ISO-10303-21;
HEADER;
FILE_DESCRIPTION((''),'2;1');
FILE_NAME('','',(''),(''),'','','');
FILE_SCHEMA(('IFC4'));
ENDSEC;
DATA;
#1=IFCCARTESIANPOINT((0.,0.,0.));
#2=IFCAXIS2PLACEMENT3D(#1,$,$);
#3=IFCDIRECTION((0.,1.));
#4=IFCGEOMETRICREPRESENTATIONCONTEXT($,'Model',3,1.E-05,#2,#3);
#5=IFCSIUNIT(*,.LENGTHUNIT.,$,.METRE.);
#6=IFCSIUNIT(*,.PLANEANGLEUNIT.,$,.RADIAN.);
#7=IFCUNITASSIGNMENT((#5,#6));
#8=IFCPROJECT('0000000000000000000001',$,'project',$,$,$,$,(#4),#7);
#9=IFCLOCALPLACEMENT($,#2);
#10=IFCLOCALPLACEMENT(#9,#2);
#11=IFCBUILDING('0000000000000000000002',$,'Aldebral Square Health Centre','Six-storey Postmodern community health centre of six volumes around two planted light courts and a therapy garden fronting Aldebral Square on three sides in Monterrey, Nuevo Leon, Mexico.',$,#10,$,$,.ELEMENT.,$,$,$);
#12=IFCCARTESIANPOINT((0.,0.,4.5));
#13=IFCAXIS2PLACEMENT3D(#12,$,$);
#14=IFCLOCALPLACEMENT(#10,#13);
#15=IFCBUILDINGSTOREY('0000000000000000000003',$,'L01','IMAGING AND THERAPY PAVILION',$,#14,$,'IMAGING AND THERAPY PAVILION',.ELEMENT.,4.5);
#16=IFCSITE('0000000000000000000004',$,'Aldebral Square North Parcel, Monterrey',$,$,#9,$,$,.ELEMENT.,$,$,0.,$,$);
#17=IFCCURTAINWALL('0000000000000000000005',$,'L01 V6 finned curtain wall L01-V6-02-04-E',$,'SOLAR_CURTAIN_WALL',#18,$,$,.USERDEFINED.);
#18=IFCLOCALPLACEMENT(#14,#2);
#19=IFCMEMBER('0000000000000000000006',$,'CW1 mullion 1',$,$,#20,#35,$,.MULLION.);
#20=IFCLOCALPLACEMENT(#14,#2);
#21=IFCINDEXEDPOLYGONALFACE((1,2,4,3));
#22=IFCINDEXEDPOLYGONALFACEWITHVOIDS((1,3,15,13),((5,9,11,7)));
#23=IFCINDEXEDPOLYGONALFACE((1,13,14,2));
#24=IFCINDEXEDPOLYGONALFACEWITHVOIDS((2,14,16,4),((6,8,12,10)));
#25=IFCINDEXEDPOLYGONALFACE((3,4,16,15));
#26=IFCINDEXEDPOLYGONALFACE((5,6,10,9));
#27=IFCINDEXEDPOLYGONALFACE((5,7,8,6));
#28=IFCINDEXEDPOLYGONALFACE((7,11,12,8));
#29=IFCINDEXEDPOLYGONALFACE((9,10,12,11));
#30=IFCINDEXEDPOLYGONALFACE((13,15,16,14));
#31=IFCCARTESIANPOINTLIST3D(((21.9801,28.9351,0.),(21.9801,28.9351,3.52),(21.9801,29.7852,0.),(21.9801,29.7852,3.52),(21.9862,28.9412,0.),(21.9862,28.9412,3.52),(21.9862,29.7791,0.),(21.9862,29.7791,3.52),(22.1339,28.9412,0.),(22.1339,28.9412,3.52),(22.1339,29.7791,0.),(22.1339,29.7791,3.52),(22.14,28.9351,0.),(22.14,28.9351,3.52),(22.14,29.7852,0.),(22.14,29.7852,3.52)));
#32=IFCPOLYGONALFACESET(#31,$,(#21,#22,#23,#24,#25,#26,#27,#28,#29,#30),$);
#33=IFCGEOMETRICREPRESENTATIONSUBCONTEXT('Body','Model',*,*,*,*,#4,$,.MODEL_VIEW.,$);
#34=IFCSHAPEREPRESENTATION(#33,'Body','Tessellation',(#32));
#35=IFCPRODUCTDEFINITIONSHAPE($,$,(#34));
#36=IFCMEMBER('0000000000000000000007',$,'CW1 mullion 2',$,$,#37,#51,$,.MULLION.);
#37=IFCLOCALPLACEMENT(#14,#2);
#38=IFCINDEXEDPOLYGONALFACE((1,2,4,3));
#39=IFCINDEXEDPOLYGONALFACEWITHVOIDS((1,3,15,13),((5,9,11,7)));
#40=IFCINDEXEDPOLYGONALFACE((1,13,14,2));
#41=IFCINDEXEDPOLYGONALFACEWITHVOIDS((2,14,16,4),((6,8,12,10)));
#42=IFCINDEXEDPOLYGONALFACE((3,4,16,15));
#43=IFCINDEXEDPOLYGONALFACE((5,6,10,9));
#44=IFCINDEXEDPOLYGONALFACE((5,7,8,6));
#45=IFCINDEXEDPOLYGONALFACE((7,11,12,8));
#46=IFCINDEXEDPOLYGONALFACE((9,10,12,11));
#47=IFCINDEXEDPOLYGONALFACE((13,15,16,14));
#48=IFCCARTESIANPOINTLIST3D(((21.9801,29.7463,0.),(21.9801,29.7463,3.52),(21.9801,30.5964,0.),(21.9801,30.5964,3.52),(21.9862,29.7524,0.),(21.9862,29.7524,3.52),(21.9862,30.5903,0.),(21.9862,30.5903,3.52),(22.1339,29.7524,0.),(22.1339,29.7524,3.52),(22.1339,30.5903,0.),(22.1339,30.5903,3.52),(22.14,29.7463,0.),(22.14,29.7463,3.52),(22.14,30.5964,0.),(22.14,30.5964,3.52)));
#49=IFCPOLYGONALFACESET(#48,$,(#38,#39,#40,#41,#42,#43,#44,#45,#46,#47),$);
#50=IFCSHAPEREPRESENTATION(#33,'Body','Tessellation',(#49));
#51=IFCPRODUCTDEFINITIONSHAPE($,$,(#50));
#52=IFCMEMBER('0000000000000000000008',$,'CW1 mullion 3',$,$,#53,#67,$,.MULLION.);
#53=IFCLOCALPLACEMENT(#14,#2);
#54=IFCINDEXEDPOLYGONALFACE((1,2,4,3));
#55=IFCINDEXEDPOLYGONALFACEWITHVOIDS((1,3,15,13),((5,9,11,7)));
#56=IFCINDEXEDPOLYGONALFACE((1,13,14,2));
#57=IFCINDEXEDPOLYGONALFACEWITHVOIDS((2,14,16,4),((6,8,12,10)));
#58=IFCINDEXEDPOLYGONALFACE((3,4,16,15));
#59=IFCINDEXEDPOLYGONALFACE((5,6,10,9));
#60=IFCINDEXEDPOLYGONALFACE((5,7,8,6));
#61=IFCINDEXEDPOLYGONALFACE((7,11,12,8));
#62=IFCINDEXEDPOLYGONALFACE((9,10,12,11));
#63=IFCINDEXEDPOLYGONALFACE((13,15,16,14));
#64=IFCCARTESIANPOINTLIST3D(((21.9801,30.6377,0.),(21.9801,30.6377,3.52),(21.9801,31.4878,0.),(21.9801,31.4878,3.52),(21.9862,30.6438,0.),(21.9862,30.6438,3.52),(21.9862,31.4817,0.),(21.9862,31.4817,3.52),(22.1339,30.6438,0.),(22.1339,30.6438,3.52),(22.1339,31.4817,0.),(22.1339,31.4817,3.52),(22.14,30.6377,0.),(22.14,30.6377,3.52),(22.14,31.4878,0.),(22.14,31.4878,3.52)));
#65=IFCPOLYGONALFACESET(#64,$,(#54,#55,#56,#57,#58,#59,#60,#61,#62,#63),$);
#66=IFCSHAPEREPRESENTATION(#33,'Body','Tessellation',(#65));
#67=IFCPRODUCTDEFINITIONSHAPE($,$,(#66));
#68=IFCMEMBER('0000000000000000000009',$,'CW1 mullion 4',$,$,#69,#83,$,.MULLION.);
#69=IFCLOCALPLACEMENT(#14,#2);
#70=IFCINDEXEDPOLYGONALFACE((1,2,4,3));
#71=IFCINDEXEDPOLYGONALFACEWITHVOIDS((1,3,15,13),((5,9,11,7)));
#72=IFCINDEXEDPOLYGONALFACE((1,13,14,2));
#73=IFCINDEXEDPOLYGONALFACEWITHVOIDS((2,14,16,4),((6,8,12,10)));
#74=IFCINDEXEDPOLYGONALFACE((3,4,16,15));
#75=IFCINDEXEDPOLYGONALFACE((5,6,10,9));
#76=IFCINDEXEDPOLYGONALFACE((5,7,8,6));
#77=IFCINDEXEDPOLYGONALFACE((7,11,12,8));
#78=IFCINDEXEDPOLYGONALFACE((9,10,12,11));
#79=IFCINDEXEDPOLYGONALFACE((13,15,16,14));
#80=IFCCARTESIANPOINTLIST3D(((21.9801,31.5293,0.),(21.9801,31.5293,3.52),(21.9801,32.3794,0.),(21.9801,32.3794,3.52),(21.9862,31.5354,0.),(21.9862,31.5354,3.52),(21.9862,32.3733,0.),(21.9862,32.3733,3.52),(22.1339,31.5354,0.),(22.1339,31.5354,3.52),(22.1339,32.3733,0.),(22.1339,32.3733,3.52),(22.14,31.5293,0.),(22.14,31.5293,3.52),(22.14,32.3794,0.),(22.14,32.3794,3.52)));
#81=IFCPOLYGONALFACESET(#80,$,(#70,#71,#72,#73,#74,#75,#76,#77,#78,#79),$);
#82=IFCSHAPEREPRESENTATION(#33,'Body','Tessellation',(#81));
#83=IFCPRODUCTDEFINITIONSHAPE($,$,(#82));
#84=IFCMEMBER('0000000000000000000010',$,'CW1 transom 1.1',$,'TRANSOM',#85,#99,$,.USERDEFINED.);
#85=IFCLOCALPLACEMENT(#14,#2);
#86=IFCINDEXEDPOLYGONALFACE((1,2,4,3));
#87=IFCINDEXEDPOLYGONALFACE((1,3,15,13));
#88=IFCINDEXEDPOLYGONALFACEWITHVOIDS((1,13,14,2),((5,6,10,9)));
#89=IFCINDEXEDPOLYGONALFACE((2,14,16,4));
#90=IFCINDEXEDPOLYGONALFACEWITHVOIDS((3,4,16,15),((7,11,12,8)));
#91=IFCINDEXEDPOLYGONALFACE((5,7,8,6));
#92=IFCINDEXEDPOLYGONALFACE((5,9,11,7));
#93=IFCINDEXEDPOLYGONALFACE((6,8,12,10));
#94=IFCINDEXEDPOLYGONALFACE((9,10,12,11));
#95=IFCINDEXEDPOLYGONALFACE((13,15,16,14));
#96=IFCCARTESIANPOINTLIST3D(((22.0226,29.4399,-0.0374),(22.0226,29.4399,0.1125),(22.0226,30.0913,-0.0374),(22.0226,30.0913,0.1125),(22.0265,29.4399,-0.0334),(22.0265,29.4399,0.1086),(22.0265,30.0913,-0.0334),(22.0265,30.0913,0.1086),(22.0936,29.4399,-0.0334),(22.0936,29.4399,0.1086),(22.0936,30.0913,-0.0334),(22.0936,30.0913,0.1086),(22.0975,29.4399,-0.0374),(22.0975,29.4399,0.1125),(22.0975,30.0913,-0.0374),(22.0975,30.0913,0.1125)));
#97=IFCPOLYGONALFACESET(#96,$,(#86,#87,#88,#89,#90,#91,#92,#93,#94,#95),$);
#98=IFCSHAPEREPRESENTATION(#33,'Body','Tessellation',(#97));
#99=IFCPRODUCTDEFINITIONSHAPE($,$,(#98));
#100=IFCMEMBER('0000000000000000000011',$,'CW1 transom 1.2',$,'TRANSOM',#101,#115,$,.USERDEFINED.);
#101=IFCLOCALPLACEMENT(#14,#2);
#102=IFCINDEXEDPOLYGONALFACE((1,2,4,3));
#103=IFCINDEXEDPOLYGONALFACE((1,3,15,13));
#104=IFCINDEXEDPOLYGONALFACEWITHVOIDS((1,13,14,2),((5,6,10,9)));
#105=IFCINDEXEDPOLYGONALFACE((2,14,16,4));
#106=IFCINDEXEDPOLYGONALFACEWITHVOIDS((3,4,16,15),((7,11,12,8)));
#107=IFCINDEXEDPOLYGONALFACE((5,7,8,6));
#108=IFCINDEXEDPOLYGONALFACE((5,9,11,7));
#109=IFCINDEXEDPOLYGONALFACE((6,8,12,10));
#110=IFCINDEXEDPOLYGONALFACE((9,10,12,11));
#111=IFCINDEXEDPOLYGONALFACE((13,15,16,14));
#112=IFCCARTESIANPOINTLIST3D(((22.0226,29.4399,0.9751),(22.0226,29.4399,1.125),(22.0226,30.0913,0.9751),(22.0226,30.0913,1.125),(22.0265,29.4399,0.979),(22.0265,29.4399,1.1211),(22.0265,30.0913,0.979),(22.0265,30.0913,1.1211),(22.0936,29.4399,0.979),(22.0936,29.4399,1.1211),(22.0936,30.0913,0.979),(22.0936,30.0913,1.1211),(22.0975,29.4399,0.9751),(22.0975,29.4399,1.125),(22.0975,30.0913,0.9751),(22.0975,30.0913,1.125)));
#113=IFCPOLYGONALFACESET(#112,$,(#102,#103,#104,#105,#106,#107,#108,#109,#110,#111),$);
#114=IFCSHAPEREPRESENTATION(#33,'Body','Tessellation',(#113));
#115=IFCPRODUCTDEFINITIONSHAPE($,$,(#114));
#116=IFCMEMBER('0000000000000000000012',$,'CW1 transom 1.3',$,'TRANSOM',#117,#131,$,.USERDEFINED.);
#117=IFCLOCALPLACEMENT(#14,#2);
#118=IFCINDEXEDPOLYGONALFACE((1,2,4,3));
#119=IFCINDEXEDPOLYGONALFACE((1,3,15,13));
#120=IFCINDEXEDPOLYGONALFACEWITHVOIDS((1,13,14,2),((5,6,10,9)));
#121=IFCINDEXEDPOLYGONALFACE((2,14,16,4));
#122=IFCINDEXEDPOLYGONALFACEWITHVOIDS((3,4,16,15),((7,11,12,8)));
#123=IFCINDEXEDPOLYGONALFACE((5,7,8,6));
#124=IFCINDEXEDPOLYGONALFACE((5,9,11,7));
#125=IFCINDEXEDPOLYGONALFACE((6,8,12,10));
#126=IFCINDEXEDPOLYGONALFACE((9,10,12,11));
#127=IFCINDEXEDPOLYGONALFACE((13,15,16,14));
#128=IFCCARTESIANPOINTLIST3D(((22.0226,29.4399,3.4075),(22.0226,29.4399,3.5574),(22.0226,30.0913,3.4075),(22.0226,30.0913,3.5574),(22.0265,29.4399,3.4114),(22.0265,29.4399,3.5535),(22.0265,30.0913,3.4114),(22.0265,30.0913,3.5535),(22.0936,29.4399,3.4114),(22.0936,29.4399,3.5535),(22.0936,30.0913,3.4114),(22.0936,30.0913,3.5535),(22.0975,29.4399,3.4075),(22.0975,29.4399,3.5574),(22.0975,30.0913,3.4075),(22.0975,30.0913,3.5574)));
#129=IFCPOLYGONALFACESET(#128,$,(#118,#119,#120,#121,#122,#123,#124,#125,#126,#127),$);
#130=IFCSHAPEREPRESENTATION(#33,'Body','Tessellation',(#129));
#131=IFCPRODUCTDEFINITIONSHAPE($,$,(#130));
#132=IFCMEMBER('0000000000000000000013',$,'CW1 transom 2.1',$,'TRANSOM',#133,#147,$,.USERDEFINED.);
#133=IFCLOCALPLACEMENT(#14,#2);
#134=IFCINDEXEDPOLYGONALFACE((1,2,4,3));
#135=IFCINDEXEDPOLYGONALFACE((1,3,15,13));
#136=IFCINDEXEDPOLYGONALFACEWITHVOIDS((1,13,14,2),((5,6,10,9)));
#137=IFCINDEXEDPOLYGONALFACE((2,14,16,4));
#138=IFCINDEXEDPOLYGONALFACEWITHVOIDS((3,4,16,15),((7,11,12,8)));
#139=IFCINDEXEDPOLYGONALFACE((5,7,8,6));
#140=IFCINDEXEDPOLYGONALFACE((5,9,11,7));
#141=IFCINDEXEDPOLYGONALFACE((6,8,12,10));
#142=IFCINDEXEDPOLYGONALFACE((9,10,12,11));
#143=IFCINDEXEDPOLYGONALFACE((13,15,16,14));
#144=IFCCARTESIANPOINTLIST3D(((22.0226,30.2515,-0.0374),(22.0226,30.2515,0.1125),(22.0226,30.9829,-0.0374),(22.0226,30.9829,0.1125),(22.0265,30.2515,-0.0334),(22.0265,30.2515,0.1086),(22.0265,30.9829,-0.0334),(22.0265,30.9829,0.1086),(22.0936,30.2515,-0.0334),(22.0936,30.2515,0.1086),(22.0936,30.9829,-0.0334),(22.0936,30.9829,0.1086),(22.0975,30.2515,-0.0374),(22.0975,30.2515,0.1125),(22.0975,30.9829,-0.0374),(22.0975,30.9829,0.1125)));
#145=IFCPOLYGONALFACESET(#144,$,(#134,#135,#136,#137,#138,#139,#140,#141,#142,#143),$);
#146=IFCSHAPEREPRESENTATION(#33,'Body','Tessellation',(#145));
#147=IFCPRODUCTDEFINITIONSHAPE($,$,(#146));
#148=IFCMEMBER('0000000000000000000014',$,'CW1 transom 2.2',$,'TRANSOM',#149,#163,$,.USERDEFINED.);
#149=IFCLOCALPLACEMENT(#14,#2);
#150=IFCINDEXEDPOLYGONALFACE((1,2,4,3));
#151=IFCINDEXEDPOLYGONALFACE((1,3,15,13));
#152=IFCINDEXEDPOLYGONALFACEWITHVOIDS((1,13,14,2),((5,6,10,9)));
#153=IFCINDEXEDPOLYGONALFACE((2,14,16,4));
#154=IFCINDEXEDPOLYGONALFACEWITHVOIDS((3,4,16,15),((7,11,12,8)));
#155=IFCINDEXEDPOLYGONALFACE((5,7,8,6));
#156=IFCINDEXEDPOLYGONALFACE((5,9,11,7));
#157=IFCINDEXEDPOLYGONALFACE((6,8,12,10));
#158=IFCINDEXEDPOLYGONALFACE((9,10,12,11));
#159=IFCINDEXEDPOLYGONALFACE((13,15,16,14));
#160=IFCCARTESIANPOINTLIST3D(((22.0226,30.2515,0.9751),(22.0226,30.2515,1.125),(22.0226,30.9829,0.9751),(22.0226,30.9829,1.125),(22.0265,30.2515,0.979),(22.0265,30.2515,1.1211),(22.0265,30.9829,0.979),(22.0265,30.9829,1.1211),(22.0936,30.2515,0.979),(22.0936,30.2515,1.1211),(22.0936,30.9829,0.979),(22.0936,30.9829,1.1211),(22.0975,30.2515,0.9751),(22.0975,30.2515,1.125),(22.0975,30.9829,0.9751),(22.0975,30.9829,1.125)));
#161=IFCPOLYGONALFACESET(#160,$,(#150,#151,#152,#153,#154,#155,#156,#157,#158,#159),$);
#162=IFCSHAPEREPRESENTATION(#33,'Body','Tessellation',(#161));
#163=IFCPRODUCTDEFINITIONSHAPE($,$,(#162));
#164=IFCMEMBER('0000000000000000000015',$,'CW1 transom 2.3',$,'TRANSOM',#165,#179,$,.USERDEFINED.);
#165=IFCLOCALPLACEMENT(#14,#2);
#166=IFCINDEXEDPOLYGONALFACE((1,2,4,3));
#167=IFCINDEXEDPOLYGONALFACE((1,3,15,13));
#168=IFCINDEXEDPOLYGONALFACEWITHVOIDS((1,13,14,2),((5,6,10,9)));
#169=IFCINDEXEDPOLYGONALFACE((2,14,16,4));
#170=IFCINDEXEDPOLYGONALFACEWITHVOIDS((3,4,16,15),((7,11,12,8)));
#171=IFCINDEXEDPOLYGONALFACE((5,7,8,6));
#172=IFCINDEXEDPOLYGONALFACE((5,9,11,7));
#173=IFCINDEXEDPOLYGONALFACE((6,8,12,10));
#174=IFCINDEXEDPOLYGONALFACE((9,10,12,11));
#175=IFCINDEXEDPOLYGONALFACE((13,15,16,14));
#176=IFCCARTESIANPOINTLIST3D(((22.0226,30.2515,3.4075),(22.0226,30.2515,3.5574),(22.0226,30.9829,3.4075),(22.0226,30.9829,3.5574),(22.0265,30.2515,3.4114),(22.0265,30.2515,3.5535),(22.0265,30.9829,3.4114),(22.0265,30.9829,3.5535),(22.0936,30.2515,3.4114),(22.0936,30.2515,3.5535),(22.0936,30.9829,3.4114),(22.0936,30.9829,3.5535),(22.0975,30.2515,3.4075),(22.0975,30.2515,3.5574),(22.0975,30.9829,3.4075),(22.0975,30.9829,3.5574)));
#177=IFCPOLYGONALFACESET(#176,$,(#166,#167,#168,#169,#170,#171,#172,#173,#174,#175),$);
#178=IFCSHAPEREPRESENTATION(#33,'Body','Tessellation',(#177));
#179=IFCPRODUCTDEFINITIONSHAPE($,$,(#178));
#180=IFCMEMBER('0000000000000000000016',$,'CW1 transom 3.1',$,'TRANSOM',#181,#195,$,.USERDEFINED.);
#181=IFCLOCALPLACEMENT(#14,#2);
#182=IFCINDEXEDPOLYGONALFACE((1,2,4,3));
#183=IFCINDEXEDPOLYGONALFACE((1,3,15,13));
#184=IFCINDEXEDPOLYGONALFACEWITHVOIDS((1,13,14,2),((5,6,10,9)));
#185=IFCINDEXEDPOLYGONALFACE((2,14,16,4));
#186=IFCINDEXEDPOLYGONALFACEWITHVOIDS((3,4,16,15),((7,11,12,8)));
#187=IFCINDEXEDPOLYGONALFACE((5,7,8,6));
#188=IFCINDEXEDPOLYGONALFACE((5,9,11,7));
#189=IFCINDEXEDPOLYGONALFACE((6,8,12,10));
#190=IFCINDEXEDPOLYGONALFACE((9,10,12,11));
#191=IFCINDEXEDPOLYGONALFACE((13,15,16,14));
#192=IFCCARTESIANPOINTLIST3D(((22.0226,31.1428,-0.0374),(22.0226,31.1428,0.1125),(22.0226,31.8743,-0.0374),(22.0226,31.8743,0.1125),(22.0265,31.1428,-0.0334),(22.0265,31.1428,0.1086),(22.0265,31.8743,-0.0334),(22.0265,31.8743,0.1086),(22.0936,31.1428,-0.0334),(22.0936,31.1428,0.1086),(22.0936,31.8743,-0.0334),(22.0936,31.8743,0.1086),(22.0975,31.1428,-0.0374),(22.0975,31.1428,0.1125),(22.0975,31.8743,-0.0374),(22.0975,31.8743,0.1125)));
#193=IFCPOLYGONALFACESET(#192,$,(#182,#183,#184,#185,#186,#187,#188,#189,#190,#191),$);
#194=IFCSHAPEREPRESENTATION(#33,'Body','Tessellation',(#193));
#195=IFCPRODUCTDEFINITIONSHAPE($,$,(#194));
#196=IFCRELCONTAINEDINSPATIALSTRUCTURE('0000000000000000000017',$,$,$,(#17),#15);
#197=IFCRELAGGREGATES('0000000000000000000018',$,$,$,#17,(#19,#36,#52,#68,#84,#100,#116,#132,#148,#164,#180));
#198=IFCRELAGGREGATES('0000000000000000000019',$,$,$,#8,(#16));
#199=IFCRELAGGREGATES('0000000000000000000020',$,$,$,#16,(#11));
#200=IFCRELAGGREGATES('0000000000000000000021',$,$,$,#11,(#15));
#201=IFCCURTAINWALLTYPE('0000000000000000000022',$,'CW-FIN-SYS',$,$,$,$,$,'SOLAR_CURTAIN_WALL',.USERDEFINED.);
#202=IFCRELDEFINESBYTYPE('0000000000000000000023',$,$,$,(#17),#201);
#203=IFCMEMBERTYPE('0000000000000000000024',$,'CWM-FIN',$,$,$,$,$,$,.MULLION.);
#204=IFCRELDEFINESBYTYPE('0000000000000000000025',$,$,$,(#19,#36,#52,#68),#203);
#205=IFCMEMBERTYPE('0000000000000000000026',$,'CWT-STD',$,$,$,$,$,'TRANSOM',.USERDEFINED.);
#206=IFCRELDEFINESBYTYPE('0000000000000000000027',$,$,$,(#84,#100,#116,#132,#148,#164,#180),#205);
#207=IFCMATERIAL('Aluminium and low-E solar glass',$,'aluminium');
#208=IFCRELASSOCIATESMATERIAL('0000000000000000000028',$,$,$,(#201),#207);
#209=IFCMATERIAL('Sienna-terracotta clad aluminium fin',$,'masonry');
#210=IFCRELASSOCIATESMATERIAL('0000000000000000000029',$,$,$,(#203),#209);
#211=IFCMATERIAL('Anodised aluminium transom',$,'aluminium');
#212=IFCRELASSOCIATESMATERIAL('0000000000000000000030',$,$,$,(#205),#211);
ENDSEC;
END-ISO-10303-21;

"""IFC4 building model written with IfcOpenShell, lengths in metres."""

from ifc_helpers import new_model, si_unit, direction, frame, origin, origin_2d, place, context, subcontext, project, spatial, hollow_rectangle, extrude, material, material_profile, profile_set, type_object, element, aggregate, save


model = new_model("IFC4")

# Units and contexts
model_context = context("Model", 3, precision=1e-05, world=origin(), true_north=direction((0.0, 1.0)))
body_context = subcontext(model_context, "Body", "Model", "MODEL_VIEW")
ifc_project = project(units=[si_unit("LENGTHUNIT", "METRE"), si_unit("PLANEANGLEUNIT", "RADIAN")], contexts=[model_context])

# Site, building, storey
site_placement = place(None, origin())
site = spatial("IfcSite", under=ifc_project, at=site_placement, Name="Aldebral Square North Parcel, Monterrey", CompositionType="ELEMENT", RefElevation=0.0)
building_placement = place(site_placement, origin())
building = spatial("IfcBuilding", under=site, at=building_placement, Name="Aldebral Square Health Centre", Description="Six-storey Postmodern community health centre of six volumes around two planted light courts and a therapy garden fronting Aldebral Square on three sides in Monterrey, Nuevo Leon, Mexico.", CompositionType="ELEMENT")
storey_placement = place(building_placement, frame((0.0, 0.0, 4.5)))
storey = spatial("IfcBuildingStorey", under=building, at=storey_placement, Name="L01", Description="IMAGING AND THERAPY PAVILION", LongName="IMAGING AND THERAPY PAVILION", CompositionType="ELEMENT", Elevation=4.5)

# Curtain wall, members
ifc_material_1 = material(Name="Aluminium and low-E solar glass", Category="aluminium")
curtain_wall_type = type_object("IfcCurtainWallType", Name="CW-FIN-SYS", ElementType="SOLAR_CURTAIN_WALL", PredefinedType="USERDEFINED", material=ifc_material_1)
curtain_wall_placement = place(storey_placement, origin())
curtain_wall = element("IfcCurtainWall", 1, at=curtain_wall_placement, inside=storey, type_object=curtain_wall_type, Name="L01 V6 finned curtain wall L01-V6-02-04-E", ObjectType="SOLAR_CURTAIN_WALL", PredefinedType="USERDEFINED")
ifc_material_2 = material(Name="Sienna-terracotta clad aluminium fin", Category="masonry")
ifc_material_profile_1 = material_profile(ifc_material_2, hollow_rectangle(XDim=0.1599, YDim=0.8501, WallThickness=0.0061, at=origin_2d()), Name="FIN 160x850x6")
ifc_profile_set_1 = profile_set([ifc_material_profile_1], Name="Sienna-terracotta clad aluminium fin")
member_type_1 = type_object("IfcMemberType", Name="CWM-FIN", PredefinedType="MULLION", material=ifc_profile_set_1)
member_1_placement = place(storey_placement, frame((22.0601, 29.3601, 0.0), z_axis=(0.0, 0.0, 1.0), x_axis=(-1.0, 0.0, 0.0)))
member_1 = element("IfcMember", 2, at=member_1_placement, type_object=member_type_1, Name="CW1 mullion 1", PredefinedType="MULLION", context=body_context, shape_type="SweptSolid", body=[
    extrude(hollow_rectangle(XDim=0.1599, YDim=0.8501, WallThickness=0.0061, at=origin_2d()), origin(), (0.0, 0.0, 1.0), 3.52),
])
member_2_placement = place(storey_placement, frame((22.0601, 30.1714, 0.0), z_axis=(0.0, 0.0, 1.0), x_axis=(-1.0, 0.0, 0.0)))
member_2 = element("IfcMember", 3, at=member_2_placement, type_object=member_type_1, Name="CW1 mullion 2", PredefinedType="MULLION", context=body_context, shape_type="SweptSolid", body=[
    extrude(hollow_rectangle(XDim=0.1599, YDim=0.8501, WallThickness=0.0061, at=origin_2d()), origin(), (0.0, 0.0, 1.0), 3.52),
])
member_3_placement = place(storey_placement, frame((22.0601, 31.0627, 0.0), z_axis=(0.0, 0.0, 1.0), x_axis=(-1.0, 0.0, 0.0)))
member_3 = element("IfcMember", 4, at=member_3_placement, type_object=member_type_1, Name="CW1 mullion 3", PredefinedType="MULLION", context=body_context, shape_type="SweptSolid", body=[
    extrude(hollow_rectangle(XDim=0.1599, YDim=0.8501, WallThickness=0.0061, at=origin_2d()), origin(), (0.0, 0.0, 1.0), 3.52),
])
member_4_placement = place(storey_placement, frame((22.0601, 31.9543, 0.0), z_axis=(0.0, 0.0, 1.0), x_axis=(-1.0, 0.0, 0.0)))
member_4 = element("IfcMember", 5, at=member_4_placement, type_object=member_type_1, Name="CW1 mullion 4", PredefinedType="MULLION", context=body_context, shape_type="SweptSolid", body=[
    extrude(hollow_rectangle(XDim=0.1599, YDim=0.8501, WallThickness=0.0061, at=origin_2d()), origin(), (0.0, 0.0, 1.0), 3.52),
])
ifc_material_3 = material(Name="Anodised aluminium transom", Category="aluminium")
ifc_material_profile_2 = material_profile(ifc_material_3, hollow_rectangle(XDim=0.075, YDim=0.1499, WallThickness=0.0039, at=origin_2d()), Name="CWT 75x150x4")
ifc_profile_set_2 = profile_set([ifc_material_profile_2], Name="Anodised aluminium transom")
member_type_2 = type_object("IfcMemberType", Name="CWT-STD", ElementType="TRANSOM", PredefinedType="USERDEFINED", material=ifc_profile_set_2)
member_5_placement = place(storey_placement, frame((22.0601, 29.4399, 0.0376), z_axis=(0.0, 1.0, 0.0), x_axis=(-1.0, 0.0, 0.0)))
member_5 = element("IfcMember", 6, at=member_5_placement, type_object=member_type_2, Name="CW1 transom 1.1", ObjectType="TRANSOM", PredefinedType="USERDEFINED", context=body_context, shape_type="SweptSolid", body=[
    extrude(hollow_rectangle(XDim=0.075, YDim=0.1499, WallThickness=0.0039, at=origin_2d()), origin(), (0.0, 0.0, 1.0), 0.6514),
])
member_6_placement = place(storey_placement, frame((22.0601, 29.4399, 1.05), z_axis=(0.0, 1.0, 0.0), x_axis=(-1.0, 0.0, 0.0)))
member_6 = element("IfcMember", 7, at=member_6_placement, type_object=member_type_2, Name="CW1 transom 1.2", ObjectType="TRANSOM", PredefinedType="USERDEFINED", context=body_context, shape_type="SweptSolid", body=[
    extrude(hollow_rectangle(XDim=0.075, YDim=0.1499, WallThickness=0.0039, at=origin_2d()), origin(), (0.0, 0.0, 1.0), 0.6514),
])
member_7_placement = place(storey_placement, frame((22.0601, 29.4399, 3.4824), z_axis=(0.0, 1.0, 0.0), x_axis=(-1.0, 0.0, 0.0)))
member_7 = element("IfcMember", 8, at=member_7_placement, type_object=member_type_2, Name="CW1 transom 1.3", ObjectType="TRANSOM", PredefinedType="USERDEFINED", context=body_context, shape_type="SweptSolid", body=[
    extrude(hollow_rectangle(XDim=0.075, YDim=0.1499, WallThickness=0.0039, at=origin_2d()), origin(), (0.0, 0.0, 1.0), 0.6514),
])
member_8_placement = place(storey_placement, frame((22.0601, 30.2515, 0.0376), z_axis=(0.0, 1.0, 0.0), x_axis=(-1.0, 0.0, 0.0)))
member_8 = element("IfcMember", 9, at=member_8_placement, type_object=member_type_2, Name="CW1 transom 2.1", ObjectType="TRANSOM", PredefinedType="USERDEFINED", context=body_context, shape_type="SweptSolid", body=[
    extrude(hollow_rectangle(XDim=0.075, YDim=0.1499, WallThickness=0.0039, at=origin_2d()), origin(), (0.0, 0.0, 1.0), 0.7314),
])
member_9_placement = place(storey_placement, frame((22.0601, 30.2515, 1.05), z_axis=(0.0, 1.0, 0.0), x_axis=(-1.0, 0.0, 0.0)))
member_9 = element("IfcMember", 10, at=member_9_placement, type_object=member_type_2, Name="CW1 transom 2.2", ObjectType="TRANSOM", PredefinedType="USERDEFINED", context=body_context, shape_type="SweptSolid", body=[
    extrude(hollow_rectangle(XDim=0.075, YDim=0.1499, WallThickness=0.0039, at=origin_2d()), origin(), (0.0, 0.0, 1.0), 0.7314),
])
member_10_placement = place(storey_placement, frame((22.0601, 30.2515, 3.4824), z_axis=(0.0, 1.0, 0.0), x_axis=(-1.0, 0.0, 0.0)))
member_10 = element("IfcMember", 11, at=member_10_placement, type_object=member_type_2, Name="CW1 transom 2.3", ObjectType="TRANSOM", PredefinedType="USERDEFINED", context=body_context, shape_type="SweptSolid", body=[
    extrude(hollow_rectangle(XDim=0.075, YDim=0.1499, WallThickness=0.0039, at=origin_2d()), origin(), (0.0, 0.0, 1.0), 0.7314),
])
member_11_placement = place(storey_placement, frame((22.0601, 31.1428, 0.0376), z_axis=(0.0, 1.0, 0.0), x_axis=(-1.0, 0.0, 0.0)))
member_11 = element("IfcMember", 12, at=member_11_placement, type_object=member_type_2, Name="CW1 transom 3.1", ObjectType="TRANSOM", PredefinedType="USERDEFINED", context=body_context, shape_type="SweptSolid", body=[
    extrude(hollow_rectangle(XDim=0.075, YDim=0.1499, WallThickness=0.0039, at=origin_2d()), origin(), (0.0, 0.0, 1.0), 0.7314),
])
aggregate(curtain_wall, [member_1, member_2, member_3, member_4, member_5, member_6, member_7, member_8, member_9, member_10, member_11])

save(model, "model.ifc")
